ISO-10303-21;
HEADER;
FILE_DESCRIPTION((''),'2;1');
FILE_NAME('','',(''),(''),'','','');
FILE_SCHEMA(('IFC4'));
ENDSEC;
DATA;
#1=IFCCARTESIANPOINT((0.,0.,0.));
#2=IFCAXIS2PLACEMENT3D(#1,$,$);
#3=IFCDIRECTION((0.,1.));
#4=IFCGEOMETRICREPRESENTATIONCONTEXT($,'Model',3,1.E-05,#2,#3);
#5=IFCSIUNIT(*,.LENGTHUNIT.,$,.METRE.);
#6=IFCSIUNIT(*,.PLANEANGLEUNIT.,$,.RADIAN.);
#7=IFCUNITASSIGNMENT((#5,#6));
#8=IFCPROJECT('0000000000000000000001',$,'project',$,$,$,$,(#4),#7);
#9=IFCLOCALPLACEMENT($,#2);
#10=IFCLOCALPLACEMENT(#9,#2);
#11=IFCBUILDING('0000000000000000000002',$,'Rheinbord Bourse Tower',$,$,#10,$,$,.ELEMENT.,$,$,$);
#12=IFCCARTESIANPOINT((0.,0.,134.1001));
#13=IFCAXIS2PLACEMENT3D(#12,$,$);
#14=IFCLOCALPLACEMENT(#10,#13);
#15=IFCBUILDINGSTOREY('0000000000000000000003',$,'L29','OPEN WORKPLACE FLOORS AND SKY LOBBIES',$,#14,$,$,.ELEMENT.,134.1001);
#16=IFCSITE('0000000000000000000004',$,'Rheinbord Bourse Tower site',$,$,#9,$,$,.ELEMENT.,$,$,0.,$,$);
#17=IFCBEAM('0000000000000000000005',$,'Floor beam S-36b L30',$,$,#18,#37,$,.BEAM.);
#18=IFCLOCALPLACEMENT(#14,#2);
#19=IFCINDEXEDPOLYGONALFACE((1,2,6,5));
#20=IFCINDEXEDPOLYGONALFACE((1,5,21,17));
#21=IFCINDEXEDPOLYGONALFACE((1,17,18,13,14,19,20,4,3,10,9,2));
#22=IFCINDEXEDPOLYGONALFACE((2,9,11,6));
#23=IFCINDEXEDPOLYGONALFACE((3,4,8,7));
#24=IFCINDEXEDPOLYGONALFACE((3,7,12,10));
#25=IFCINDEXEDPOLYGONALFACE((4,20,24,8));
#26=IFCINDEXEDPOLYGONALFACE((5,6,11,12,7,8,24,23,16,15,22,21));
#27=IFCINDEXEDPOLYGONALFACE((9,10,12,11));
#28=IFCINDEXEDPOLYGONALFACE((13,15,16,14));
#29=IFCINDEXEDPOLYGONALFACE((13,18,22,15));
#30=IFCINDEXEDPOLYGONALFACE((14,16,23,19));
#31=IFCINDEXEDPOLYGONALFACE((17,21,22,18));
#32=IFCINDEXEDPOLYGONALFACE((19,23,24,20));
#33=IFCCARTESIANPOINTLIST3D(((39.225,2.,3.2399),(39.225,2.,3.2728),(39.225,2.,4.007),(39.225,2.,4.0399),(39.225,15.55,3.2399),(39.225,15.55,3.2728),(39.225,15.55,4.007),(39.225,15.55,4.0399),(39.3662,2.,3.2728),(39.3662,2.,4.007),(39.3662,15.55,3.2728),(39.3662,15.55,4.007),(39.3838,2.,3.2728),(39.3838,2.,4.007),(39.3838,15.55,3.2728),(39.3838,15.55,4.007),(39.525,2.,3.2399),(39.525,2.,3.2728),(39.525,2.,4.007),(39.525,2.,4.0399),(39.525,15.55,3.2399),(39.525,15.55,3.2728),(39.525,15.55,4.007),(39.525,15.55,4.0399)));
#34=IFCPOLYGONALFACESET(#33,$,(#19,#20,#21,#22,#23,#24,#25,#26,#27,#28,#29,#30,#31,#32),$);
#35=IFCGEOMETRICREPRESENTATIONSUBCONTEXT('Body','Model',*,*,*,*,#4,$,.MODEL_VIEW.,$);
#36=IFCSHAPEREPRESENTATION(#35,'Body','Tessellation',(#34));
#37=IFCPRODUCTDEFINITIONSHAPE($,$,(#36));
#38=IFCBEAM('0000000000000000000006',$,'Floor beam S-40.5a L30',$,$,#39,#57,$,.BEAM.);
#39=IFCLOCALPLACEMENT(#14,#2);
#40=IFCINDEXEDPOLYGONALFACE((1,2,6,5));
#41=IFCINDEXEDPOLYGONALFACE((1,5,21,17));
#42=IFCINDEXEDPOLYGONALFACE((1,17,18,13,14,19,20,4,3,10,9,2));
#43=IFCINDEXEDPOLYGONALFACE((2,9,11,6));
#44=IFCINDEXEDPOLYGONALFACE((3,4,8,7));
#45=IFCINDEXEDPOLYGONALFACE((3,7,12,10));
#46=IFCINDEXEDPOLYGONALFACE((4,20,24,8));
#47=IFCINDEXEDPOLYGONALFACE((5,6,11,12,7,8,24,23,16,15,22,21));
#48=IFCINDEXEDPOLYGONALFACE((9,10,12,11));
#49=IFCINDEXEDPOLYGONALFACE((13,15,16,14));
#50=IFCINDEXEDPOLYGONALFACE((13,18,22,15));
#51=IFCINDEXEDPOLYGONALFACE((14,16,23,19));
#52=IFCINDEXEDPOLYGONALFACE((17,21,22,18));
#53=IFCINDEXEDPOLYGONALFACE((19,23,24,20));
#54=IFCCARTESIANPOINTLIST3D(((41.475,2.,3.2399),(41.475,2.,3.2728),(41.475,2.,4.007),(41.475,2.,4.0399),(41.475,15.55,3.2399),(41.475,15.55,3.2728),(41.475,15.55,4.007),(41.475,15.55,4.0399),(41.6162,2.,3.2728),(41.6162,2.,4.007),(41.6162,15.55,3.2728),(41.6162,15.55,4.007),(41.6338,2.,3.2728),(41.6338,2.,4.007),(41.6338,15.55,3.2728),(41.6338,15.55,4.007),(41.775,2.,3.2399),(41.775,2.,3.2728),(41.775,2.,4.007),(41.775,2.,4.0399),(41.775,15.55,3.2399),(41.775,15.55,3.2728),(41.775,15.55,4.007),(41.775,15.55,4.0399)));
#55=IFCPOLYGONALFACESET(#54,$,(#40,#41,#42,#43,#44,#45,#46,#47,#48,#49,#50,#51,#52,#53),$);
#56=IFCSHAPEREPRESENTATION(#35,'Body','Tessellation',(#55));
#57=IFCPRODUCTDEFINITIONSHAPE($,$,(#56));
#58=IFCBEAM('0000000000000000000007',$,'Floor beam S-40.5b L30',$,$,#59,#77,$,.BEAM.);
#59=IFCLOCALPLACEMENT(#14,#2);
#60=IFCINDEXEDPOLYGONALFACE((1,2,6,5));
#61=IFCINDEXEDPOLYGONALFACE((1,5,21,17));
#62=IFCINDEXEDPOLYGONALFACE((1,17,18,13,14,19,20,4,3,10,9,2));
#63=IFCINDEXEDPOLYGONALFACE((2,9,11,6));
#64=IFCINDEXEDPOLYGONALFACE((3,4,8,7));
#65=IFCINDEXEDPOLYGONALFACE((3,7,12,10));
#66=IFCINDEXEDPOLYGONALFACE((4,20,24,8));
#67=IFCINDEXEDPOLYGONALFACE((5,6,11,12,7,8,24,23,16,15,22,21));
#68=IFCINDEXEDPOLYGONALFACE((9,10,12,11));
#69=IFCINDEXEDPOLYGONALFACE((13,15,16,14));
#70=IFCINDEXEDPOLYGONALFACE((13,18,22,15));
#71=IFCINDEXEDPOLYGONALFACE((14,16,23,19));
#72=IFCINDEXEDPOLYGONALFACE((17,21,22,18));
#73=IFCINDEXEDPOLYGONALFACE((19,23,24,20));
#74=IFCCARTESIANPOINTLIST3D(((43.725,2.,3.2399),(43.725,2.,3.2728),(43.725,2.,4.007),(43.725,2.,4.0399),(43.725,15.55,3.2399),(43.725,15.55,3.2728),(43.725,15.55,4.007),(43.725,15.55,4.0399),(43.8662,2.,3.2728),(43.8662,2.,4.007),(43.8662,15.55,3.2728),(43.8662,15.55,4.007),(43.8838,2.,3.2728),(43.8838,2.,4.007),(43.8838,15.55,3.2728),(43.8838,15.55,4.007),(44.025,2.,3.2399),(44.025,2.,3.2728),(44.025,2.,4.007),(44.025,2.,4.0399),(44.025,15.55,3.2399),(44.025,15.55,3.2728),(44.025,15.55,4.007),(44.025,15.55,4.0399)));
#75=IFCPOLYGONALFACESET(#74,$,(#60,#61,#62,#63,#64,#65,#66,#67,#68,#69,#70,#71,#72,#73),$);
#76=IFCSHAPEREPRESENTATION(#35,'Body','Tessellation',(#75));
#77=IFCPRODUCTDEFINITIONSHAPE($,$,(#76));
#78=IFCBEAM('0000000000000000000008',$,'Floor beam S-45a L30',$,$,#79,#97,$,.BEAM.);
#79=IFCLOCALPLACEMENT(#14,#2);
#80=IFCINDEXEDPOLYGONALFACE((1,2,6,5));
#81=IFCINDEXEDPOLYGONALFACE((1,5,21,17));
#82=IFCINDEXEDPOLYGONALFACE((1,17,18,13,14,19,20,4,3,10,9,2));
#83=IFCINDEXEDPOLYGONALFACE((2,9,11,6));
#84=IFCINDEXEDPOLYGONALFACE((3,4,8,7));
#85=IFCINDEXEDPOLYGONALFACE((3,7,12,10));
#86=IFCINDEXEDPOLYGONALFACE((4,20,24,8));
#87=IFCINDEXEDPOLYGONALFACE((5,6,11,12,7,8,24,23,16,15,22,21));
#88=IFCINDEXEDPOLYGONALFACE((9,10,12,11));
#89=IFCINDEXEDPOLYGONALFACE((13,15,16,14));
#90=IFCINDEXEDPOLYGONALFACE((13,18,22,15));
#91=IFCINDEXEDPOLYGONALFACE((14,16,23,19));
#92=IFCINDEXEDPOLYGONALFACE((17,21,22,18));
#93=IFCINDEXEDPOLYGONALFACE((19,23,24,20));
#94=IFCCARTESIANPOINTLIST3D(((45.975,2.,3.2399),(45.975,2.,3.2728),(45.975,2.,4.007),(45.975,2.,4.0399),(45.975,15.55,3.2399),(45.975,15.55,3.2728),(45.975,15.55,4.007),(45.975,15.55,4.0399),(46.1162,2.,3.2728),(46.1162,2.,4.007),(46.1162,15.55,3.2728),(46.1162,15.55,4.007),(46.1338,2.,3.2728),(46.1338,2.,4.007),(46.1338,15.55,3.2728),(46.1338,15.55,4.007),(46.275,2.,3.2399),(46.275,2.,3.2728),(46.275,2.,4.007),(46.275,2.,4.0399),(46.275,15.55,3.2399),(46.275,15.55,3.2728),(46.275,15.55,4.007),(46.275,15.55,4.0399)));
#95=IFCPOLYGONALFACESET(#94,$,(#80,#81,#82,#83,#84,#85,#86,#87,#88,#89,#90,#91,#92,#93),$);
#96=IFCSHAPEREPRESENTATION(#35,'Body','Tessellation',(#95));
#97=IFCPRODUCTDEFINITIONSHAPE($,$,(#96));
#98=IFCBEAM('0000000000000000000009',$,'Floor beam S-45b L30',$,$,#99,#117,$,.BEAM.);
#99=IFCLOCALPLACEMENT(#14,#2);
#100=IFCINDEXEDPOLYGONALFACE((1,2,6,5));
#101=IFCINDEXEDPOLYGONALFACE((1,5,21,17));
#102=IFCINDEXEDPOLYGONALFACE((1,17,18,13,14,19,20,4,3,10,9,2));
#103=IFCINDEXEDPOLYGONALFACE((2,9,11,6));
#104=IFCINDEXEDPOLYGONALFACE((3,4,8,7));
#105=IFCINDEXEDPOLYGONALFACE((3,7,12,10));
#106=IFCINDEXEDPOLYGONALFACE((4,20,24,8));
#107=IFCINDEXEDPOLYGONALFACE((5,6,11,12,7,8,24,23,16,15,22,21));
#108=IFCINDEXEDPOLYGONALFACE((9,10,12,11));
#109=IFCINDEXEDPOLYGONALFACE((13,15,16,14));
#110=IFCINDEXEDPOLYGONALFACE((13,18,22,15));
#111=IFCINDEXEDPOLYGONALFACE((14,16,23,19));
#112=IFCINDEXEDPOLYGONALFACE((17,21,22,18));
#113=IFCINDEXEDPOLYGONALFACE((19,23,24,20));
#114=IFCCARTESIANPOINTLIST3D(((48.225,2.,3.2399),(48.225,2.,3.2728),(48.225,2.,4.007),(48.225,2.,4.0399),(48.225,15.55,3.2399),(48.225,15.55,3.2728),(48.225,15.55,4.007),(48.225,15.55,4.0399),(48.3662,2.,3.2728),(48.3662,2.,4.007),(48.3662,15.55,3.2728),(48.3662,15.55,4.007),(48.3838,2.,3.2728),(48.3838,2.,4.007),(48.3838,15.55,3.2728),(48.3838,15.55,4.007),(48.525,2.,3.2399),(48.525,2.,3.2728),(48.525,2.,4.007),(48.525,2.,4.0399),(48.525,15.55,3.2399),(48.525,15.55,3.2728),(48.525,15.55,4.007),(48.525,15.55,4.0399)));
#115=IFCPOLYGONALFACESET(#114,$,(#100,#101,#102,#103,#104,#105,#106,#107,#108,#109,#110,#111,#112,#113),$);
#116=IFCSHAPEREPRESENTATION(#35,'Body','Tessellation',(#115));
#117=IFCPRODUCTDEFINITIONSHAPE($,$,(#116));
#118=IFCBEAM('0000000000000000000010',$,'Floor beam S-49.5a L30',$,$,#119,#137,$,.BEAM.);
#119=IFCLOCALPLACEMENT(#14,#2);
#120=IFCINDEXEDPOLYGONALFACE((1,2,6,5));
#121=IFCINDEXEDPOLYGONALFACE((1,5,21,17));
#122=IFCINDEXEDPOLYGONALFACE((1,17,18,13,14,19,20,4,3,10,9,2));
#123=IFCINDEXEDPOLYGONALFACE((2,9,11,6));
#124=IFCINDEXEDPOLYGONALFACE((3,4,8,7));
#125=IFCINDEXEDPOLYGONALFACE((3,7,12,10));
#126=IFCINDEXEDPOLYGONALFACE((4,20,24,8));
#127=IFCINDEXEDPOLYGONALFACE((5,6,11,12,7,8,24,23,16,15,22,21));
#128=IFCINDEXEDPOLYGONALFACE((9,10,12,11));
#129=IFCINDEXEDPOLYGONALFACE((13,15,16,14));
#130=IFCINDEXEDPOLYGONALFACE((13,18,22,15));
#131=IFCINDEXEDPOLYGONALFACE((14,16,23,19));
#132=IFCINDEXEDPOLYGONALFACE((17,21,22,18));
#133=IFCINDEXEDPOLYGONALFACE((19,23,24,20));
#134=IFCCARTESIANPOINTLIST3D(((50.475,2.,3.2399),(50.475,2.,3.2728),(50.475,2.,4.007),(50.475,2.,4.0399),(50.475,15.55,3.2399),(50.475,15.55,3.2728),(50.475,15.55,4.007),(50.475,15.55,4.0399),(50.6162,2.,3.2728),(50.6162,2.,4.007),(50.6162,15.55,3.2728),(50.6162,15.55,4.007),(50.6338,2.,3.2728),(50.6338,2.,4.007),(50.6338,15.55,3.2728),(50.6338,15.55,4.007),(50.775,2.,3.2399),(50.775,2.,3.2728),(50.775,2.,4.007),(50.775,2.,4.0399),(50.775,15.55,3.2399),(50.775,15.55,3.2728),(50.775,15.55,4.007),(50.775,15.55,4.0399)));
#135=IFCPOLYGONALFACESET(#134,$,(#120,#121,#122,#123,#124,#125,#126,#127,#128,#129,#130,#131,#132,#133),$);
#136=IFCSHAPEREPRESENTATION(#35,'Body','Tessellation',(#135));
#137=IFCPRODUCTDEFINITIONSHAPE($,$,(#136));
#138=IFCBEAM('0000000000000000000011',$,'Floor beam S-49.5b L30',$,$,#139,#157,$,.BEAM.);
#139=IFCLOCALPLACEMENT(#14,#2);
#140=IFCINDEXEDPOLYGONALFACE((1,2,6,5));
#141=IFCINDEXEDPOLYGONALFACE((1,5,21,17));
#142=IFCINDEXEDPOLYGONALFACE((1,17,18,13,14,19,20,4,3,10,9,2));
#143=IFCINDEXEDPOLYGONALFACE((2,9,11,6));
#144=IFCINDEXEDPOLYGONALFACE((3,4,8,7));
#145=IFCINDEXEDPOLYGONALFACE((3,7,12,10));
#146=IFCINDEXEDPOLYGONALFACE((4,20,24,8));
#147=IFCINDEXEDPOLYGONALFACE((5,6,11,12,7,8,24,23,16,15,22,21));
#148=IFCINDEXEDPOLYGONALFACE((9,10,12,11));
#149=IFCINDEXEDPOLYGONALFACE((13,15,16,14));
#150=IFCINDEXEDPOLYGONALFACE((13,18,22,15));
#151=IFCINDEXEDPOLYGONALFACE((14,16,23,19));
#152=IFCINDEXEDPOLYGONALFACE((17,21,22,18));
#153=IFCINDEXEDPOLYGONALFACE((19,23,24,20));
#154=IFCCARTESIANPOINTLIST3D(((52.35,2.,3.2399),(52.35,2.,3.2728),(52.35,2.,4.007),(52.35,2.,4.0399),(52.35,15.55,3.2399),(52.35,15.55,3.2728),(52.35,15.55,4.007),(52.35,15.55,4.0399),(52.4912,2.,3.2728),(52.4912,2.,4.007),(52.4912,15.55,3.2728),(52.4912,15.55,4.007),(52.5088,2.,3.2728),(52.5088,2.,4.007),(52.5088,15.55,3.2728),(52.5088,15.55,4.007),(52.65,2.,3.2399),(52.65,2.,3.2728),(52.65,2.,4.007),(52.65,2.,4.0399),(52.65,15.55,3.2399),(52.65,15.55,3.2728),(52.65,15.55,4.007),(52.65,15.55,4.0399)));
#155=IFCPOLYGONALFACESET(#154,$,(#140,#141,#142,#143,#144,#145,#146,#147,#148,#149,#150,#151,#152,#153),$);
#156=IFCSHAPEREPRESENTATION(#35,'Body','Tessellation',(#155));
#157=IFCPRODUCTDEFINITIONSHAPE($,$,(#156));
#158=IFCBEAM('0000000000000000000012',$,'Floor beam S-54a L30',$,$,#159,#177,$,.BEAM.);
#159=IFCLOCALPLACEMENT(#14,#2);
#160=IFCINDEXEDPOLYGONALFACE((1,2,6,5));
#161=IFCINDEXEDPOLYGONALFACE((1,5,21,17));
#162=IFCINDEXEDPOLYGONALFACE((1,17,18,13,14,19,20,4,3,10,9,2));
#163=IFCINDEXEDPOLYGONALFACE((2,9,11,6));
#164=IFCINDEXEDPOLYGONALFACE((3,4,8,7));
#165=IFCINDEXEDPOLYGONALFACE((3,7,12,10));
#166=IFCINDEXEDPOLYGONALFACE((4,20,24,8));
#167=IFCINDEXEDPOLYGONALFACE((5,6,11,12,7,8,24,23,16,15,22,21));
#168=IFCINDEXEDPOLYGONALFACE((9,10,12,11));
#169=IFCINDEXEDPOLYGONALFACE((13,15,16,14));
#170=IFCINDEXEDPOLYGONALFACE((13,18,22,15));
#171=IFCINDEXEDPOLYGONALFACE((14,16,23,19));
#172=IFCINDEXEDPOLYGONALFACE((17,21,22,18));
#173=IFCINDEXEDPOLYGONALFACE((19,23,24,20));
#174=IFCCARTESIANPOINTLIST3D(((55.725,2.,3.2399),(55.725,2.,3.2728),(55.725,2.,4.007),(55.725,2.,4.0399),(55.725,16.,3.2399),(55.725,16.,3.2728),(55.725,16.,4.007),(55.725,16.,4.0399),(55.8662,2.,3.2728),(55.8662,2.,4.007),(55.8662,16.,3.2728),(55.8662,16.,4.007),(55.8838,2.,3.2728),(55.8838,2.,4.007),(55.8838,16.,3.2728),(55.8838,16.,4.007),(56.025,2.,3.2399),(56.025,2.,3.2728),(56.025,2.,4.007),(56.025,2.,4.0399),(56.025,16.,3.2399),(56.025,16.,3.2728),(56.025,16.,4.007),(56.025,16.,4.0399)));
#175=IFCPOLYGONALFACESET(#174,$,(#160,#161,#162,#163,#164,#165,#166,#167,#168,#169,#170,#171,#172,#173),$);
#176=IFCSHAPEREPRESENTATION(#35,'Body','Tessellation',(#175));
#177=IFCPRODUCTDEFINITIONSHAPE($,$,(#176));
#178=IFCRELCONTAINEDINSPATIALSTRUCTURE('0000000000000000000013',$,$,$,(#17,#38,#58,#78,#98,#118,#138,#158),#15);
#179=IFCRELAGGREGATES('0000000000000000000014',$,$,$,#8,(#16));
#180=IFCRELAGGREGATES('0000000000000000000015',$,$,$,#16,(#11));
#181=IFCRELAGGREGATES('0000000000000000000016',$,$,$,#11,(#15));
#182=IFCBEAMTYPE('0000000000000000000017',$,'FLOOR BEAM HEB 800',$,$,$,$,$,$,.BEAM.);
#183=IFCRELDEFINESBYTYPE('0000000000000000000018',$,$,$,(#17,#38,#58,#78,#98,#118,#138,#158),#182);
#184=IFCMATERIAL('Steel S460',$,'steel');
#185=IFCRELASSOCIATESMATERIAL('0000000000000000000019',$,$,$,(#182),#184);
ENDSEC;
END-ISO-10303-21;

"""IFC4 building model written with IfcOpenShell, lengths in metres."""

from ifc_helpers import new_model, si_unit, direction, frame, origin, origin_2d, place, context, subcontext, project, spatial, i_section, extrude, material, material_profile, profile_set, type_object, element, save


model = new_model("IFC4")

# Units and contexts
model_context = context("Model", 3, precision=1e-05, world=origin(), true_north=direction((0.0, 1.0)))
body_context = subcontext(model_context, "Body", "Model", "MODEL_VIEW")
ifc_project = project(units=[si_unit("LENGTHUNIT", "METRE"), si_unit("PLANEANGLEUNIT", "RADIAN")], contexts=[model_context])

# Site, building, storey
site_placement = place(None, origin())
site = spatial("IfcSite", under=ifc_project, at=site_placement, Name="Rheinbord Bourse Tower site", CompositionType="ELEMENT", RefElevation=0.0)
building_placement = place(site_placement, origin())
building = spatial("IfcBuilding", under=site, at=building_placement, Name="Rheinbord Bourse Tower", CompositionType="ELEMENT")
storey_placement = place(building_placement, frame((0.0, 0.0, 134.1001)))
storey = spatial("IfcBuildingStorey", under=building, at=storey_placement, Name="L29", Description="OPEN WORKPLACE FLOORS AND SKY LOBBIES", CompositionType="ELEMENT", Elevation=134.1001)

# Beams
ifc_material_1 = material(Name="Steel S460", Category="steel")
ifc_material_profile_1 = material_profile(ifc_material_1, i_section(OverallWidth=0.3, OverallDepth=0.8, WebThickness=0.0176, FlangeThickness=0.033, at=origin_2d()), Name="HEB 800")
ifc_profile_set_1 = profile_set([ifc_material_profile_1], Name="Steel S460")
beam_type_1 = type_object("IfcBeamType", Name="FLOOR BEAM HEB 800", PredefinedType="BEAM", material=ifc_profile_set_1)
for number, where, z_axis, x_axis, name in (
    (1, (39.375, 2.0, 3.6399), (0.0, 1.0, 0.0), (-1.0, 0.0, 0.0), "Floor beam S-36b L30"),
    (2, (41.625, 2.0, 3.6399), (0.0, 1.0, 0.0), (-1.0, 0.0, 0.0), "Floor beam S-40.5a L30"),
    (3, (43.875, 2.0, 3.6399), (0.0, 1.0, 0.0), (-1.0, 0.0, 0.0), "Floor beam S-40.5b L30"),
    (4, (46.125, 2.0, 3.6399), (0.0, 1.0, 0.0), (-1.0, 0.0, 0.0), "Floor beam S-45a L30"),
    (5, (48.375, 2.0, 3.6399), (0.0, 1.0, 0.0), (-1.0, 0.0, 0.0), "Floor beam S-45b L30"),
    (6, (50.625, 2.0, 3.6399), (0.0, 1.0, 0.0), (-1.0, 0.0, 0.0), "Floor beam S-49.5a L30"),
    (7, (52.5, 2.0, 3.6399), (0.0, 1.0, 0.0), (-1.0, 0.0, 0.0), "Floor beam S-49.5b L30"),
):
    element("IfcBeam", number, at=place(storey_placement, frame(where, z_axis=z_axis, x_axis=x_axis)), inside=storey, type_object=beam_type_1, Name=name, PredefinedType="BEAM", context=body_context, shape_type="SweptSolid", body=[
        extrude(i_section(OverallWidth=0.3, OverallDepth=0.8, WebThickness=0.0176, FlangeThickness=0.033, at=origin_2d()), origin(), (0.0, 0.0, 1.0), 13.55),
    ])
beam_placement = place(storey_placement, frame((55.875, 2.0, 3.6399), z_axis=(0.0, 1.0, 0.0), x_axis=(-1.0, 0.0, 0.0)))
element("IfcBeam", 8, at=beam_placement, inside=storey, type_object=beam_type_1, Name="Floor beam S-54a L30", PredefinedType="BEAM", context=body_context, shape_type="SweptSolid", body=[
    extrude(i_section(OverallWidth=0.3, OverallDepth=0.8, WebThickness=0.0176, FlangeThickness=0.033, at=origin_2d()), origin(), (0.0, 0.0, 1.0), 14.0),
])

save(model, "model.ifc")
